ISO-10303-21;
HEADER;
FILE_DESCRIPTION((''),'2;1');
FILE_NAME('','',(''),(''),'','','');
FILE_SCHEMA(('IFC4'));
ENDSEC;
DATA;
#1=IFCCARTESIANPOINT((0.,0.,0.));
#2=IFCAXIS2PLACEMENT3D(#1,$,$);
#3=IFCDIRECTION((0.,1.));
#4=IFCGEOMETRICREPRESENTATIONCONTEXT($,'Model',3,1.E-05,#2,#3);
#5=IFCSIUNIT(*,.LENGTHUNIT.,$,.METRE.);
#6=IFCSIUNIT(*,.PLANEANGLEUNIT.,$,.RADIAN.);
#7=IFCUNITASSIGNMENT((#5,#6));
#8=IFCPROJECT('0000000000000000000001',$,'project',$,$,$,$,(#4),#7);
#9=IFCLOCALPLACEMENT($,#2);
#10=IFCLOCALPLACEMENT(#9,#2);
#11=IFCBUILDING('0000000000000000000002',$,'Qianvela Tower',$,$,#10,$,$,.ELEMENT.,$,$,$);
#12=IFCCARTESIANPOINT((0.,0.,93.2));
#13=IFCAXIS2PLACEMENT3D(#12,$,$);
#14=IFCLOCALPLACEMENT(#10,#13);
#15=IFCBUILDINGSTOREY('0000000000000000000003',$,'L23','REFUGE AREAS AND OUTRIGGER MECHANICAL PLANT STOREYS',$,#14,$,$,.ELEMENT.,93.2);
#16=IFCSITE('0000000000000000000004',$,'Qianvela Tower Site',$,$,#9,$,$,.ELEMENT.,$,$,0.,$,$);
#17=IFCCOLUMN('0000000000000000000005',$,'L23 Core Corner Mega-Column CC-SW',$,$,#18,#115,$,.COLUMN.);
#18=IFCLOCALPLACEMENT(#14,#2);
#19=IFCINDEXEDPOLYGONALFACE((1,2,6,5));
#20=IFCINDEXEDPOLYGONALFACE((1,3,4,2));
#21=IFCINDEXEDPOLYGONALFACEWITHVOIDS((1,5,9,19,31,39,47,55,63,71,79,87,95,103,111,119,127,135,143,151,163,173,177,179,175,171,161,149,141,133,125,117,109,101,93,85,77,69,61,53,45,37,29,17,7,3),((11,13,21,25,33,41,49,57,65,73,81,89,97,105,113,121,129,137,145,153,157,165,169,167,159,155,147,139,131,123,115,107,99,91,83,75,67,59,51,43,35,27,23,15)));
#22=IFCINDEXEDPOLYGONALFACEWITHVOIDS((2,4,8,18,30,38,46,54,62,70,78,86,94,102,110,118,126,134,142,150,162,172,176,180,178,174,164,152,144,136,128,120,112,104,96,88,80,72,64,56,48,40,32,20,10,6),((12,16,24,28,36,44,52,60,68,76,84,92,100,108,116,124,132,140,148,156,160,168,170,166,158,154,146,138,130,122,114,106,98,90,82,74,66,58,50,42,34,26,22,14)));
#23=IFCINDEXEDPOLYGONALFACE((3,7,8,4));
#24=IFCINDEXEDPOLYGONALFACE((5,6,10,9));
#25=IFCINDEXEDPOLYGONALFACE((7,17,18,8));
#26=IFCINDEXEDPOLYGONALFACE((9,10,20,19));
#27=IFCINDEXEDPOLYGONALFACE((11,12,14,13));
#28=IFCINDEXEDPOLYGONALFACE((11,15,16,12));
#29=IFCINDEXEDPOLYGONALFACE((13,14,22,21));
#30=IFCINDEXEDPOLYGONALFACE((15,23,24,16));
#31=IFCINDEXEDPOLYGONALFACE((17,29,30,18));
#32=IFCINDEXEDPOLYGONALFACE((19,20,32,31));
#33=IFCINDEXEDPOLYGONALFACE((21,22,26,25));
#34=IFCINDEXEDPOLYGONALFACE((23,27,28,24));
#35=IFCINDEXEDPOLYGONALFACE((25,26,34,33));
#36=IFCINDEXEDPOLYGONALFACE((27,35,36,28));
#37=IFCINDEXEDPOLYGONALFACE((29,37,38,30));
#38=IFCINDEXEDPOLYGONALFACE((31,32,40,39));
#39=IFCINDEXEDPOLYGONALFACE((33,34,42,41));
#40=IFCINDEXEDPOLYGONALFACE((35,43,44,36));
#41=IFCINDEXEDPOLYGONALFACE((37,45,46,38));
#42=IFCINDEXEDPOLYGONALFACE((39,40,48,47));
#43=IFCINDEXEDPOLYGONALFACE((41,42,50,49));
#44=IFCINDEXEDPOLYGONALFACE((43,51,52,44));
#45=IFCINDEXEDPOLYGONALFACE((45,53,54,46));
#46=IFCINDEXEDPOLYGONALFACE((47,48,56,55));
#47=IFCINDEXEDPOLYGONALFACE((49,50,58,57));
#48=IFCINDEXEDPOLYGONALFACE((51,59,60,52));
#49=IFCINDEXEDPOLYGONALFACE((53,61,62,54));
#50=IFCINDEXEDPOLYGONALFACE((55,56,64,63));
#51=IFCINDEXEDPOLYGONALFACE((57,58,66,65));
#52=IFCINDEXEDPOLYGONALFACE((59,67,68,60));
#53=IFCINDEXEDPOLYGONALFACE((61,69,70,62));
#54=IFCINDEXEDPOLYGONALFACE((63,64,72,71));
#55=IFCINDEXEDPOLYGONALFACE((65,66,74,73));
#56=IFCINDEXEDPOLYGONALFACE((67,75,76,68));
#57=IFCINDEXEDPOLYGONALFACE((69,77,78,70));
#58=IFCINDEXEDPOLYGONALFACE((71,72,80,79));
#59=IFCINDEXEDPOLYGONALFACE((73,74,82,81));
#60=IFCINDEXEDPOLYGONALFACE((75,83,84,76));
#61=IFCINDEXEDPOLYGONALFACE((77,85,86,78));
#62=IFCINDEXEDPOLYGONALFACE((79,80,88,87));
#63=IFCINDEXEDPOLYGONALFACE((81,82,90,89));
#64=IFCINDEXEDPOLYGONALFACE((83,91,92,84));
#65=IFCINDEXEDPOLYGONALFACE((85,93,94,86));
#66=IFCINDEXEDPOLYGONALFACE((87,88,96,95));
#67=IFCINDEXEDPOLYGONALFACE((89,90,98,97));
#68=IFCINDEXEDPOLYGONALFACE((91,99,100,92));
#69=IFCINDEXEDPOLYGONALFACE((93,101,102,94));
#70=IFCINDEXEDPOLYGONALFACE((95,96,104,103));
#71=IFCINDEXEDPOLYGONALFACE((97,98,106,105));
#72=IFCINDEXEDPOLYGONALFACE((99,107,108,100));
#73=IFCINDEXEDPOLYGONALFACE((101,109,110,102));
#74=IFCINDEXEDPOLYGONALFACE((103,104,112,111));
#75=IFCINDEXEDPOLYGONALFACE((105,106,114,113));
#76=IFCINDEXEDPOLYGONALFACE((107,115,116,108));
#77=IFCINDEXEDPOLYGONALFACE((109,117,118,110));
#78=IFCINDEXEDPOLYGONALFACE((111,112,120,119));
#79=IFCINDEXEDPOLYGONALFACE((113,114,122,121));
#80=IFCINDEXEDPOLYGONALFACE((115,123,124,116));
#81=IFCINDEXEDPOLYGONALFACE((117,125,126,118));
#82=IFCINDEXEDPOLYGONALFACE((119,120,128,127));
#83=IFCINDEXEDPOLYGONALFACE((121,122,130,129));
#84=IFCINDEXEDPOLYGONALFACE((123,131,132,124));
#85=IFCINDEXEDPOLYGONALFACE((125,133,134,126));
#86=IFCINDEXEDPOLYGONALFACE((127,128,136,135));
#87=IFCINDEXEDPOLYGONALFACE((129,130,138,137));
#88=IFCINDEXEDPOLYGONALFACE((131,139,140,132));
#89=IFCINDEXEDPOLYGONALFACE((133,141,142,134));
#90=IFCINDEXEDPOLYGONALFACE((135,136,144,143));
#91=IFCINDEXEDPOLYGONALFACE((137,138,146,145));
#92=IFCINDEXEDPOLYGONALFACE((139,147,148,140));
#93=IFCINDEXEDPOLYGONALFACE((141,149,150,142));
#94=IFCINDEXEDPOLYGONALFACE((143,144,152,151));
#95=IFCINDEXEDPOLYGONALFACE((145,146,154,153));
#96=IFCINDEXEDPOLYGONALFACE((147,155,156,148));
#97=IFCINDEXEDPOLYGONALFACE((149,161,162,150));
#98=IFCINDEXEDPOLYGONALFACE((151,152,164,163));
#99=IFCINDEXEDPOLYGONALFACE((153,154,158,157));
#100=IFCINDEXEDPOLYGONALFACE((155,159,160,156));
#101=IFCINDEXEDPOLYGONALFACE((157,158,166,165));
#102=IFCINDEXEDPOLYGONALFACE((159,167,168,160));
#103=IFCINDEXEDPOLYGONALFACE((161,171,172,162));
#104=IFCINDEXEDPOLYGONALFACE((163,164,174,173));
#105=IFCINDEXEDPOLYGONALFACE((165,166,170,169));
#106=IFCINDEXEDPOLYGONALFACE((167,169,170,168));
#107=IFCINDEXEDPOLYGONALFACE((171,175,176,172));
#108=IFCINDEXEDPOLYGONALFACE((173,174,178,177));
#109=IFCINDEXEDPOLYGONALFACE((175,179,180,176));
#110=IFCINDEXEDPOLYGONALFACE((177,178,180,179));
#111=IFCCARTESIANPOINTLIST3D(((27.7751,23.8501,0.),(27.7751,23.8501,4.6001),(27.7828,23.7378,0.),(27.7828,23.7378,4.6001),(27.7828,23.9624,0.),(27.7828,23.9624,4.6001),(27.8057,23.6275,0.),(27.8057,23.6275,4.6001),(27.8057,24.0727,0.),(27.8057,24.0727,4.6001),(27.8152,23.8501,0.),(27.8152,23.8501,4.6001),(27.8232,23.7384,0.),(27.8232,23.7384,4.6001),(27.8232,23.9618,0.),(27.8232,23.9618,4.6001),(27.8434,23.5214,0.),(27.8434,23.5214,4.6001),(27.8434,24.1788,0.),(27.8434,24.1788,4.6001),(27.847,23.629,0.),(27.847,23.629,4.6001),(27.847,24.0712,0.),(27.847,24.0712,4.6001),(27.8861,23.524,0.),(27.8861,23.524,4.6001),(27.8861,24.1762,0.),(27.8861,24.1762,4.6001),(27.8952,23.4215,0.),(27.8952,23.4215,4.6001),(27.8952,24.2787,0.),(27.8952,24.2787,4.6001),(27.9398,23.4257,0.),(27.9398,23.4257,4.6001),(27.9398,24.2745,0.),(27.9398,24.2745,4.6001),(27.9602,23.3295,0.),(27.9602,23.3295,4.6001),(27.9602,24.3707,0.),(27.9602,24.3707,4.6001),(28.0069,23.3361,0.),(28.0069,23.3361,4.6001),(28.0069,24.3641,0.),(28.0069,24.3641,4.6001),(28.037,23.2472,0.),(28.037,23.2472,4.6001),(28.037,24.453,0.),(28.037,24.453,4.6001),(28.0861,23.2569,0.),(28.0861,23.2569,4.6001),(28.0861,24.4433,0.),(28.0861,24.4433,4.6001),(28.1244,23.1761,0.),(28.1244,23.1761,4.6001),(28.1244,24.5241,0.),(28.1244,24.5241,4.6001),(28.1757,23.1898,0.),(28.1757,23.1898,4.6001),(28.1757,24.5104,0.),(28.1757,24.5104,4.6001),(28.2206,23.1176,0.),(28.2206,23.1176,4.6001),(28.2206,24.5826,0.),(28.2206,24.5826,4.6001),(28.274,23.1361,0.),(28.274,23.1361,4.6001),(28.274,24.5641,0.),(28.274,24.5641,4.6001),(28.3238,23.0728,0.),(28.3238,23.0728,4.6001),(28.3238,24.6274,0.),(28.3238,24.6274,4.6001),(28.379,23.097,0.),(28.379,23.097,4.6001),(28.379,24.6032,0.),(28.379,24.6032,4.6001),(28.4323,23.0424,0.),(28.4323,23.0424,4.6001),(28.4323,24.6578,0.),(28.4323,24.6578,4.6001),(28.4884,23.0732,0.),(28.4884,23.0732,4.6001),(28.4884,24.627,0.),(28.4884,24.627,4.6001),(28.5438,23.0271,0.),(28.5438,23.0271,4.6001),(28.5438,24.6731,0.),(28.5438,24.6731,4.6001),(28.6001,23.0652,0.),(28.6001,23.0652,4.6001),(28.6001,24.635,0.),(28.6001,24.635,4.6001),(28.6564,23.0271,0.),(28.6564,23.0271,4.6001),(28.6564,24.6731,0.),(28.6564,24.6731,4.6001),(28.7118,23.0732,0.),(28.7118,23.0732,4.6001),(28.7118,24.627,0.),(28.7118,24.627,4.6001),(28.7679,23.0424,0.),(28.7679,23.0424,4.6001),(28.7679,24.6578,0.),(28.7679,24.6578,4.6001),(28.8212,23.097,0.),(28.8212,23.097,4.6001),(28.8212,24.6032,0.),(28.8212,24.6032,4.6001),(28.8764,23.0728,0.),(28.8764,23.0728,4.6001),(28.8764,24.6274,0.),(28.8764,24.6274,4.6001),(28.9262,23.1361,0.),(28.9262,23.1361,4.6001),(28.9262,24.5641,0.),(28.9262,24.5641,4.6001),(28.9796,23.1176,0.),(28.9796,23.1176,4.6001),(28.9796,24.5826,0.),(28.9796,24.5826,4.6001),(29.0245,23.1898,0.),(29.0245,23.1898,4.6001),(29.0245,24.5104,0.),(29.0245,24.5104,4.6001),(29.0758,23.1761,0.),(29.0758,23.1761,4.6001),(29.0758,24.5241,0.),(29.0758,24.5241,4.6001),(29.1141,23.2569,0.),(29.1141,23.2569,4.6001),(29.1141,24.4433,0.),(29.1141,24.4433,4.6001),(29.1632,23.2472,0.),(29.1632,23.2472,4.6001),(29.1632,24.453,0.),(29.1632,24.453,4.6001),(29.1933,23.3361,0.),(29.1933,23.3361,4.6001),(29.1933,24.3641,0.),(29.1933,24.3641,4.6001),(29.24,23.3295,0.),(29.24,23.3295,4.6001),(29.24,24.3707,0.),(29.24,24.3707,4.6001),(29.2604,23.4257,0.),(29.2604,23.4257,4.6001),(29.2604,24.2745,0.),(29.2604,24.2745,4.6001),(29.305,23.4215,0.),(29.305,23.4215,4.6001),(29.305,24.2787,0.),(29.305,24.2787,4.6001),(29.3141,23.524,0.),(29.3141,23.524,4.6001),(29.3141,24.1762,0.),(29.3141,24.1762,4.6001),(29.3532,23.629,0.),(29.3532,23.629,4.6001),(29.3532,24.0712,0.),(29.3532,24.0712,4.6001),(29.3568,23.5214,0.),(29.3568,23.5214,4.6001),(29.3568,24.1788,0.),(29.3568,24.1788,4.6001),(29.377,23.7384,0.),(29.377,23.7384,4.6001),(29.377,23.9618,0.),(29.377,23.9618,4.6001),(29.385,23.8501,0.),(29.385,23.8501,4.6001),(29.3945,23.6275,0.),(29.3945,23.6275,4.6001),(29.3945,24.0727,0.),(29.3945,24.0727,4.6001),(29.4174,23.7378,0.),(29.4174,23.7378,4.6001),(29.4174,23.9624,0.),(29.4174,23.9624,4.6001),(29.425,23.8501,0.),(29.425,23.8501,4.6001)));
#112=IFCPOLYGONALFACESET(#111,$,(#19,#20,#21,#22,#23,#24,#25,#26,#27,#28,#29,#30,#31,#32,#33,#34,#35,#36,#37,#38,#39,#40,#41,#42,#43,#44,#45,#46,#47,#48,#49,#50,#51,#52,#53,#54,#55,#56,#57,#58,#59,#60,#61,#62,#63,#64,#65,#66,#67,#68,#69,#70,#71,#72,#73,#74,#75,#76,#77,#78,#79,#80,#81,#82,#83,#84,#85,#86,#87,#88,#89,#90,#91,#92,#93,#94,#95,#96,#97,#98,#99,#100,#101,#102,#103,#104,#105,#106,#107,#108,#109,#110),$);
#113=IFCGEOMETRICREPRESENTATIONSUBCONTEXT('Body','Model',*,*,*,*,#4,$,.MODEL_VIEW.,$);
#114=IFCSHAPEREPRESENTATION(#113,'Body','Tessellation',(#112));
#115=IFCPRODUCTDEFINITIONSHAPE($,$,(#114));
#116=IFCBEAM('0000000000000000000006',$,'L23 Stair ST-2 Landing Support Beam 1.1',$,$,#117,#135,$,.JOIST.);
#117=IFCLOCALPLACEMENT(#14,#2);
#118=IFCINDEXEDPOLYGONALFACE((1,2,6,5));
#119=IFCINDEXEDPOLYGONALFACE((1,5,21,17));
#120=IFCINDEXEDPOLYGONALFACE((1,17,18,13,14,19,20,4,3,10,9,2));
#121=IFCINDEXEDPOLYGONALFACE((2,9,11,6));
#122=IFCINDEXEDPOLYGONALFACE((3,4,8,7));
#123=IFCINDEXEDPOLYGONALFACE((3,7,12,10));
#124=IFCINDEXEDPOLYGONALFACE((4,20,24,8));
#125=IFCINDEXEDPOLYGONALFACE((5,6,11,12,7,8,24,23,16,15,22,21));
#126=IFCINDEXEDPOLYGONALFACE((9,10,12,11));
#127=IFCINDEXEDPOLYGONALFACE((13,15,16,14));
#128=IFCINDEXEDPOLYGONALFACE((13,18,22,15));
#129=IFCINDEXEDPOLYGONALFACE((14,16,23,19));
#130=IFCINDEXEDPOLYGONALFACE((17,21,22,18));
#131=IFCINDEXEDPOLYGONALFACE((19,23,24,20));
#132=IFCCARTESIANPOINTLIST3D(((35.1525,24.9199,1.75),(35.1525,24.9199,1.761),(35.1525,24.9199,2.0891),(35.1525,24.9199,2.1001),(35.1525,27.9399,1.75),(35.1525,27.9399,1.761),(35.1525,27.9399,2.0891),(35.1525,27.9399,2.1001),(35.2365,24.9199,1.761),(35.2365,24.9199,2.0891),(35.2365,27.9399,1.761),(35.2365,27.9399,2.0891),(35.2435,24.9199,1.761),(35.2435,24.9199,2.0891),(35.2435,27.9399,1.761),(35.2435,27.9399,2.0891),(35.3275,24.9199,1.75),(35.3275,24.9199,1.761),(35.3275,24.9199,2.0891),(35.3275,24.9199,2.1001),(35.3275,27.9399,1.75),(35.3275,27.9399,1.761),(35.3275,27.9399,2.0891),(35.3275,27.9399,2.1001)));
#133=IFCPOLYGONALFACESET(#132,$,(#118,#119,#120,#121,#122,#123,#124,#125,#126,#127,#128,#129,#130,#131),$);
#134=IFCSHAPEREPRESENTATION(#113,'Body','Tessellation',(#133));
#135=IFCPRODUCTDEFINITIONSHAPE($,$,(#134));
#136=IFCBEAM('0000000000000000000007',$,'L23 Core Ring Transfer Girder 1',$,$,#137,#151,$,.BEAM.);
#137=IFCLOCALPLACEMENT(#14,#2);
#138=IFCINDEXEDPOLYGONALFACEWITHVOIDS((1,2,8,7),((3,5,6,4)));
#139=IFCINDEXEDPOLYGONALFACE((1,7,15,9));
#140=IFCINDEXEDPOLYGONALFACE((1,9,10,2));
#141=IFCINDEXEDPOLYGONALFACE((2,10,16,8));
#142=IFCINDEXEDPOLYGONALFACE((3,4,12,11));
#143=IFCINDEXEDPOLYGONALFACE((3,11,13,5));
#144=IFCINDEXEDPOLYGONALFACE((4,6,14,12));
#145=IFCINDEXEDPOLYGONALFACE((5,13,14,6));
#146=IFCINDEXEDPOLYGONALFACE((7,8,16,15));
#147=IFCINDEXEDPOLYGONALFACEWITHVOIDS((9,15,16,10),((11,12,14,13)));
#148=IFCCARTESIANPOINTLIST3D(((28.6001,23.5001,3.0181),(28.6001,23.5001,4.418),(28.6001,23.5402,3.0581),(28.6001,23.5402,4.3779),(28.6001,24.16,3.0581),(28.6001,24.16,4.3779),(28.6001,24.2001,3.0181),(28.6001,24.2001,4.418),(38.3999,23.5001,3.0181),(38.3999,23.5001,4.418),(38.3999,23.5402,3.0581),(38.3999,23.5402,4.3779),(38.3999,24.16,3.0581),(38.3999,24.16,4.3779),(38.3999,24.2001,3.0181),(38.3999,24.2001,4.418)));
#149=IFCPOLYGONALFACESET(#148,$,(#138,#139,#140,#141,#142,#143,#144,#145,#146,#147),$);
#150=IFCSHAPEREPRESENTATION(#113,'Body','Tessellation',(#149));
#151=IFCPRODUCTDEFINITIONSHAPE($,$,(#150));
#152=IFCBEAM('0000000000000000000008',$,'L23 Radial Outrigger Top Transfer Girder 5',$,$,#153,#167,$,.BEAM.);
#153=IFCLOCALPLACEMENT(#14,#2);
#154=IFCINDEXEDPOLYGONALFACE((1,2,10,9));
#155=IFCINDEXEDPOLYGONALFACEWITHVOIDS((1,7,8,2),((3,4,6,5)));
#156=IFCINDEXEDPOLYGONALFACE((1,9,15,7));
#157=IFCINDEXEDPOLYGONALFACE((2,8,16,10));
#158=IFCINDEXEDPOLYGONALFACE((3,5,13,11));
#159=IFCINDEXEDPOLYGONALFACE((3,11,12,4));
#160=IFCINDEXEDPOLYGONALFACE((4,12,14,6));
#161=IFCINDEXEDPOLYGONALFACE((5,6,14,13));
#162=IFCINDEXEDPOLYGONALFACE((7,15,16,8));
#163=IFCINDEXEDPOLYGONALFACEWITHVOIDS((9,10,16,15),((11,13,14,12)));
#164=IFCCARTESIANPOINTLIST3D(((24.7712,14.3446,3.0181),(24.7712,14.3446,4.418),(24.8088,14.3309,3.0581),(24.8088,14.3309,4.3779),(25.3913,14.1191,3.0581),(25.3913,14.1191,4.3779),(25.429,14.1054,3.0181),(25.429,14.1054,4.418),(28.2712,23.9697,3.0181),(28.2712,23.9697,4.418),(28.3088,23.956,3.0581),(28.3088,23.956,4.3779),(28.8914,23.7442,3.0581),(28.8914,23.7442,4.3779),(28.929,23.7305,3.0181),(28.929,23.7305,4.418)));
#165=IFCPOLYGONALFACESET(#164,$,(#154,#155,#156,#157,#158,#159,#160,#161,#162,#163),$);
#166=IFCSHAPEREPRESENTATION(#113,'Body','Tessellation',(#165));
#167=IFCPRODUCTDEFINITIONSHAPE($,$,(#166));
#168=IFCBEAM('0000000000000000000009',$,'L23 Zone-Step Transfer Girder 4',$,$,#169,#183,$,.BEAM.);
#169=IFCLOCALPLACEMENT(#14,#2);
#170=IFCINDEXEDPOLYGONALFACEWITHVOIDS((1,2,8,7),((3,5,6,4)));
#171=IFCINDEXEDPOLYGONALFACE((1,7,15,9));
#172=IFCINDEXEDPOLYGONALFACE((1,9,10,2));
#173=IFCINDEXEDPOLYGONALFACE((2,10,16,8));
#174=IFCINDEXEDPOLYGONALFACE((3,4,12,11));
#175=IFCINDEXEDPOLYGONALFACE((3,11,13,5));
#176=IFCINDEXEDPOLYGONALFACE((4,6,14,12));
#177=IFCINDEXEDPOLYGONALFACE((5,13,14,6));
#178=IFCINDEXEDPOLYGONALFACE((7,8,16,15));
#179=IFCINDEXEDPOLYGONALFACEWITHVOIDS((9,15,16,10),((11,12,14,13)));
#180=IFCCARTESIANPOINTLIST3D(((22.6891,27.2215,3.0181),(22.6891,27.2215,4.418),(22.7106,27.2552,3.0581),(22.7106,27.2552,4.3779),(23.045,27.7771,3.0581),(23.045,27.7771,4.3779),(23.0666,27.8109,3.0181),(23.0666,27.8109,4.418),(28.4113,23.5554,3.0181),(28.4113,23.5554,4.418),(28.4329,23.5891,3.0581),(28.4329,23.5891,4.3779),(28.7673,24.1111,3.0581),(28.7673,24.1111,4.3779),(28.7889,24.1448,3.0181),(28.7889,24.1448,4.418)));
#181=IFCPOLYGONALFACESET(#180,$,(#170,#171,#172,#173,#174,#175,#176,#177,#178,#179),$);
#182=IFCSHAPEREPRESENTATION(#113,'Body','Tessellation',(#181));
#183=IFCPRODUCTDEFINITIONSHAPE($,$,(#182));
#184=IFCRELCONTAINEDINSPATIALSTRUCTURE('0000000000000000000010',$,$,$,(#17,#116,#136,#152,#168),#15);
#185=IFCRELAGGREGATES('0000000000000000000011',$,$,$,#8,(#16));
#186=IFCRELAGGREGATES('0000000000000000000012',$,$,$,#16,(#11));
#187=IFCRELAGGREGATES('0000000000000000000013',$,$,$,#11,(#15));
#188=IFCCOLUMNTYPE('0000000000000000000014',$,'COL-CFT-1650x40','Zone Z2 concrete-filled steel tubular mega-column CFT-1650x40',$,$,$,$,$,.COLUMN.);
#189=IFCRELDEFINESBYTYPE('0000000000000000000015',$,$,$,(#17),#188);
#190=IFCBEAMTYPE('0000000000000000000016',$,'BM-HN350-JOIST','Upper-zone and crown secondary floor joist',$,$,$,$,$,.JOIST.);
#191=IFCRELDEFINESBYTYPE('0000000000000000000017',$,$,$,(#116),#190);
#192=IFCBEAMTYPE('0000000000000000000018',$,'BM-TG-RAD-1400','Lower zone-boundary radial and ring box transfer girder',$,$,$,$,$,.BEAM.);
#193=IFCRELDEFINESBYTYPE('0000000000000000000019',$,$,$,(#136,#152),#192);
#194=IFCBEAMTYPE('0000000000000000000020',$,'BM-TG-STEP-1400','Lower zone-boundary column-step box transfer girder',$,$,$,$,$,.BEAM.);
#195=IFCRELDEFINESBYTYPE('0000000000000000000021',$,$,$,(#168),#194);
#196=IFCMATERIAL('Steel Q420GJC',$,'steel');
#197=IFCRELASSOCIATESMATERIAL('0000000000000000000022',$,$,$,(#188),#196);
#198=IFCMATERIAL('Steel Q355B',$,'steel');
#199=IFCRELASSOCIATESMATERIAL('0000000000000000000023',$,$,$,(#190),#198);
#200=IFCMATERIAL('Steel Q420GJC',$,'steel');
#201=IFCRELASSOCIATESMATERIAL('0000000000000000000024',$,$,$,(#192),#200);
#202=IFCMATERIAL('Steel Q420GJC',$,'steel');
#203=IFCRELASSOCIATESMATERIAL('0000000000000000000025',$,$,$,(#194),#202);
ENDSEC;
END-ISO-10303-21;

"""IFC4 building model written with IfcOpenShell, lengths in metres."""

from ifc_helpers import new_model, si_unit, direction, frame, origin, origin_2d, place, context, subcontext, project, spatial, hollow_rectangle, hollow_circle, i_section, extrude, material, material_profile, profile_set, type_object, element, save


model = new_model("IFC4")

# Units and contexts
model_context = context("Model", 3, precision=1e-05, world=origin(), true_north=direction((0.0, 1.0)))
body_context = subcontext(model_context, "Body", "Model", "MODEL_VIEW")
ifc_project = project(units=[si_unit("LENGTHUNIT", "METRE"), si_unit("PLANEANGLEUNIT", "RADIAN")], contexts=[model_context])

# Site, building, storey
site_placement = place(None, origin())
site = spatial("IfcSite", under=ifc_project, at=site_placement, Name="Qianvela Tower Site", CompositionType="ELEMENT", RefElevation=0.0)
building_placement = place(site_placement, origin())
building = spatial("IfcBuilding", under=site, at=building_placement, Name="Qianvela Tower", CompositionType="ELEMENT")
storey_placement = place(building_placement, frame((0.0, 0.0, 93.2)))
storey = spatial("IfcBuildingStorey", under=building, at=storey_placement, Name="L23", Description="REFUGE AREAS AND OUTRIGGER MECHANICAL PLANT STOREYS", CompositionType="ELEMENT", Elevation=93.2)

# Column
ifc_material_1 = material(Name="Steel Q420GJC", Category="steel")
ifc_material_profile_1 = material_profile(ifc_material_1, hollow_circle(Radius=0.825, WallThickness=0.04, at=origin_2d()), Name="CFT-1650x40")
ifc_profile_set_1 = profile_set([ifc_material_profile_1], Name="Steel Q420GJC")
column_type = type_object("IfcColumnType", Name="COL-CFT-1650x40", Description="Zone Z2 concrete-filled steel tubular mega-column CFT-1650x40", PredefinedType="COLUMN", material=ifc_profile_set_1)
column_placement = place(storey_placement, frame((28.6001, 23.8501, 0.0), z_axis=(0.0, 0.0, 1.0), x_axis=(1.0, 0.0, 0.0)))
element("IfcColumn", 1, at=column_placement, inside=storey, type_object=column_type, Name="L23 Core Corner Mega-Column CC-SW", PredefinedType="COLUMN", context=body_context, shape_type="SweptSolid", body=[
    extrude(hollow_circle(Radius=0.825, WallThickness=0.04, at=origin_2d()), origin(), (0.0, 0.0, 1.0), 4.6001),
])

# Beams
ifc_material_2 = material(Name="Steel Q355B", Category="steel")
ifc_material_profile_2 = material_profile(ifc_material_2, i_section(OverallWidth=0.175, OverallDepth=0.3501, WebThickness=0.0071, FlangeThickness=0.011, at=origin_2d()), Name="HN350x175x7x11")
ifc_profile_set_2 = profile_set([ifc_material_profile_2], Name="Steel Q355B")
beam_type_1 = type_object("IfcBeamType", Name="BM-HN350-JOIST", Description="Upper-zone and crown secondary floor joist", PredefinedType="JOIST", material=ifc_profile_set_2)
beam_1_placement = place(storey_placement, frame((35.24, 24.9199, 1.925), z_axis=(0.0, 1.0, 0.0), x_axis=(-1.0, 0.0, 0.0)))
element("IfcBeam", 2, at=beam_1_placement, inside=storey, type_object=beam_type_1, Name="L23 Stair ST-2 Landing Support Beam 1.1", PredefinedType="JOIST", context=body_context, shape_type="SweptSolid", body=[
    extrude(i_section(OverallWidth=0.175, OverallDepth=0.3501, WebThickness=0.0071, FlangeThickness=0.011, at=origin_2d()), origin(), (0.0, 0.0, 1.0), 3.02),
])
ifc_material_3 = material(Name="Steel Q420GJC", Category="steel")
ifc_material_profile_3 = material_profile(ifc_material_3, hollow_rectangle(XDim=0.7, YDim=1.3999, WallThickness=0.04, at=origin_2d()), Name="TG-BOX-1400x700x40")
ifc_profile_set_3 = profile_set([ifc_material_profile_3], Name="Steel Q420GJC")
beam_type_2 = type_object("IfcBeamType", Name="BM-TG-RAD-1400", Description="Lower zone-boundary radial and ring box transfer girder", PredefinedType="BEAM", material=ifc_profile_set_3)
beam_2_placement = place(storey_placement, frame((28.6001, 23.8501, 3.718), z_axis=(1.0, 0.0, 0.0), x_axis=(0.0, 1.0, 0.0)))
element("IfcBeam", 3, at=beam_2_placement, inside=storey, type_object=beam_type_2, Name="L23 Core Ring Transfer Girder 1", PredefinedType="BEAM", context=body_context, shape_type="SweptSolid", body=[
    extrude(hollow_rectangle(XDim=0.7, YDim=1.3999, WallThickness=0.04, at=origin_2d()), origin(), (0.0, 0.0, 1.0), 9.7998),
])
beam_3_placement = place(storey_placement, frame((28.6001, 23.8501, 3.718), z_axis=(-0.341743, -0.939793, 0.0), x_axis=(0.939793, -0.341743, 0.0)))
element("IfcBeam", 4, at=beam_3_placement, inside=storey, type_object=beam_type_2, Name="L23 Radial Outrigger Top Transfer Girder 5", PredefinedType="BEAM", context=body_context, shape_type="SweptSolid", body=[
    extrude(hollow_rectangle(XDim=0.7, YDim=1.3999, WallThickness=0.04, at=origin_2d()), origin(), (0.0, 0.0, 1.0), 10.2417),
])
ifc_material_4 = material(Name="Steel Q420GJC", Category="steel")
ifc_material_profile_4 = material_profile(ifc_material_4, hollow_rectangle(XDim=0.7, YDim=1.3999, WallThickness=0.04, at=origin_2d()), Name="TG-BOX-1400x700x40")
ifc_profile_set_4 = profile_set([ifc_material_profile_4], Name="Steel Q420GJC")
beam_type_3 = type_object("IfcBeamType", Name="BM-TG-STEP-1400", Description="Lower zone-boundary column-step box transfer girder", PredefinedType="BEAM", material=ifc_profile_set_4)
beam_4_placement = place(storey_placement, frame((28.6001, 23.8501, 3.718), z_axis=(-0.842016, 0.539453, 0.0), x_axis=(-0.539453, -0.842016, 0.0)))
element("IfcBeam", 5, at=beam_4_placement, inside=storey, type_object=beam_type_3, Name="L23 Zone-Step Transfer Girder 4", PredefinedType="BEAM", context=body_context, shape_type="SweptSolid", body=[
    extrude(hollow_rectangle(XDim=0.7, YDim=1.3999, WallThickness=0.04, at=origin_2d()), origin(), (0.0, 0.0, 1.0), 6.7959),
])

save(model, "model.ifc")
